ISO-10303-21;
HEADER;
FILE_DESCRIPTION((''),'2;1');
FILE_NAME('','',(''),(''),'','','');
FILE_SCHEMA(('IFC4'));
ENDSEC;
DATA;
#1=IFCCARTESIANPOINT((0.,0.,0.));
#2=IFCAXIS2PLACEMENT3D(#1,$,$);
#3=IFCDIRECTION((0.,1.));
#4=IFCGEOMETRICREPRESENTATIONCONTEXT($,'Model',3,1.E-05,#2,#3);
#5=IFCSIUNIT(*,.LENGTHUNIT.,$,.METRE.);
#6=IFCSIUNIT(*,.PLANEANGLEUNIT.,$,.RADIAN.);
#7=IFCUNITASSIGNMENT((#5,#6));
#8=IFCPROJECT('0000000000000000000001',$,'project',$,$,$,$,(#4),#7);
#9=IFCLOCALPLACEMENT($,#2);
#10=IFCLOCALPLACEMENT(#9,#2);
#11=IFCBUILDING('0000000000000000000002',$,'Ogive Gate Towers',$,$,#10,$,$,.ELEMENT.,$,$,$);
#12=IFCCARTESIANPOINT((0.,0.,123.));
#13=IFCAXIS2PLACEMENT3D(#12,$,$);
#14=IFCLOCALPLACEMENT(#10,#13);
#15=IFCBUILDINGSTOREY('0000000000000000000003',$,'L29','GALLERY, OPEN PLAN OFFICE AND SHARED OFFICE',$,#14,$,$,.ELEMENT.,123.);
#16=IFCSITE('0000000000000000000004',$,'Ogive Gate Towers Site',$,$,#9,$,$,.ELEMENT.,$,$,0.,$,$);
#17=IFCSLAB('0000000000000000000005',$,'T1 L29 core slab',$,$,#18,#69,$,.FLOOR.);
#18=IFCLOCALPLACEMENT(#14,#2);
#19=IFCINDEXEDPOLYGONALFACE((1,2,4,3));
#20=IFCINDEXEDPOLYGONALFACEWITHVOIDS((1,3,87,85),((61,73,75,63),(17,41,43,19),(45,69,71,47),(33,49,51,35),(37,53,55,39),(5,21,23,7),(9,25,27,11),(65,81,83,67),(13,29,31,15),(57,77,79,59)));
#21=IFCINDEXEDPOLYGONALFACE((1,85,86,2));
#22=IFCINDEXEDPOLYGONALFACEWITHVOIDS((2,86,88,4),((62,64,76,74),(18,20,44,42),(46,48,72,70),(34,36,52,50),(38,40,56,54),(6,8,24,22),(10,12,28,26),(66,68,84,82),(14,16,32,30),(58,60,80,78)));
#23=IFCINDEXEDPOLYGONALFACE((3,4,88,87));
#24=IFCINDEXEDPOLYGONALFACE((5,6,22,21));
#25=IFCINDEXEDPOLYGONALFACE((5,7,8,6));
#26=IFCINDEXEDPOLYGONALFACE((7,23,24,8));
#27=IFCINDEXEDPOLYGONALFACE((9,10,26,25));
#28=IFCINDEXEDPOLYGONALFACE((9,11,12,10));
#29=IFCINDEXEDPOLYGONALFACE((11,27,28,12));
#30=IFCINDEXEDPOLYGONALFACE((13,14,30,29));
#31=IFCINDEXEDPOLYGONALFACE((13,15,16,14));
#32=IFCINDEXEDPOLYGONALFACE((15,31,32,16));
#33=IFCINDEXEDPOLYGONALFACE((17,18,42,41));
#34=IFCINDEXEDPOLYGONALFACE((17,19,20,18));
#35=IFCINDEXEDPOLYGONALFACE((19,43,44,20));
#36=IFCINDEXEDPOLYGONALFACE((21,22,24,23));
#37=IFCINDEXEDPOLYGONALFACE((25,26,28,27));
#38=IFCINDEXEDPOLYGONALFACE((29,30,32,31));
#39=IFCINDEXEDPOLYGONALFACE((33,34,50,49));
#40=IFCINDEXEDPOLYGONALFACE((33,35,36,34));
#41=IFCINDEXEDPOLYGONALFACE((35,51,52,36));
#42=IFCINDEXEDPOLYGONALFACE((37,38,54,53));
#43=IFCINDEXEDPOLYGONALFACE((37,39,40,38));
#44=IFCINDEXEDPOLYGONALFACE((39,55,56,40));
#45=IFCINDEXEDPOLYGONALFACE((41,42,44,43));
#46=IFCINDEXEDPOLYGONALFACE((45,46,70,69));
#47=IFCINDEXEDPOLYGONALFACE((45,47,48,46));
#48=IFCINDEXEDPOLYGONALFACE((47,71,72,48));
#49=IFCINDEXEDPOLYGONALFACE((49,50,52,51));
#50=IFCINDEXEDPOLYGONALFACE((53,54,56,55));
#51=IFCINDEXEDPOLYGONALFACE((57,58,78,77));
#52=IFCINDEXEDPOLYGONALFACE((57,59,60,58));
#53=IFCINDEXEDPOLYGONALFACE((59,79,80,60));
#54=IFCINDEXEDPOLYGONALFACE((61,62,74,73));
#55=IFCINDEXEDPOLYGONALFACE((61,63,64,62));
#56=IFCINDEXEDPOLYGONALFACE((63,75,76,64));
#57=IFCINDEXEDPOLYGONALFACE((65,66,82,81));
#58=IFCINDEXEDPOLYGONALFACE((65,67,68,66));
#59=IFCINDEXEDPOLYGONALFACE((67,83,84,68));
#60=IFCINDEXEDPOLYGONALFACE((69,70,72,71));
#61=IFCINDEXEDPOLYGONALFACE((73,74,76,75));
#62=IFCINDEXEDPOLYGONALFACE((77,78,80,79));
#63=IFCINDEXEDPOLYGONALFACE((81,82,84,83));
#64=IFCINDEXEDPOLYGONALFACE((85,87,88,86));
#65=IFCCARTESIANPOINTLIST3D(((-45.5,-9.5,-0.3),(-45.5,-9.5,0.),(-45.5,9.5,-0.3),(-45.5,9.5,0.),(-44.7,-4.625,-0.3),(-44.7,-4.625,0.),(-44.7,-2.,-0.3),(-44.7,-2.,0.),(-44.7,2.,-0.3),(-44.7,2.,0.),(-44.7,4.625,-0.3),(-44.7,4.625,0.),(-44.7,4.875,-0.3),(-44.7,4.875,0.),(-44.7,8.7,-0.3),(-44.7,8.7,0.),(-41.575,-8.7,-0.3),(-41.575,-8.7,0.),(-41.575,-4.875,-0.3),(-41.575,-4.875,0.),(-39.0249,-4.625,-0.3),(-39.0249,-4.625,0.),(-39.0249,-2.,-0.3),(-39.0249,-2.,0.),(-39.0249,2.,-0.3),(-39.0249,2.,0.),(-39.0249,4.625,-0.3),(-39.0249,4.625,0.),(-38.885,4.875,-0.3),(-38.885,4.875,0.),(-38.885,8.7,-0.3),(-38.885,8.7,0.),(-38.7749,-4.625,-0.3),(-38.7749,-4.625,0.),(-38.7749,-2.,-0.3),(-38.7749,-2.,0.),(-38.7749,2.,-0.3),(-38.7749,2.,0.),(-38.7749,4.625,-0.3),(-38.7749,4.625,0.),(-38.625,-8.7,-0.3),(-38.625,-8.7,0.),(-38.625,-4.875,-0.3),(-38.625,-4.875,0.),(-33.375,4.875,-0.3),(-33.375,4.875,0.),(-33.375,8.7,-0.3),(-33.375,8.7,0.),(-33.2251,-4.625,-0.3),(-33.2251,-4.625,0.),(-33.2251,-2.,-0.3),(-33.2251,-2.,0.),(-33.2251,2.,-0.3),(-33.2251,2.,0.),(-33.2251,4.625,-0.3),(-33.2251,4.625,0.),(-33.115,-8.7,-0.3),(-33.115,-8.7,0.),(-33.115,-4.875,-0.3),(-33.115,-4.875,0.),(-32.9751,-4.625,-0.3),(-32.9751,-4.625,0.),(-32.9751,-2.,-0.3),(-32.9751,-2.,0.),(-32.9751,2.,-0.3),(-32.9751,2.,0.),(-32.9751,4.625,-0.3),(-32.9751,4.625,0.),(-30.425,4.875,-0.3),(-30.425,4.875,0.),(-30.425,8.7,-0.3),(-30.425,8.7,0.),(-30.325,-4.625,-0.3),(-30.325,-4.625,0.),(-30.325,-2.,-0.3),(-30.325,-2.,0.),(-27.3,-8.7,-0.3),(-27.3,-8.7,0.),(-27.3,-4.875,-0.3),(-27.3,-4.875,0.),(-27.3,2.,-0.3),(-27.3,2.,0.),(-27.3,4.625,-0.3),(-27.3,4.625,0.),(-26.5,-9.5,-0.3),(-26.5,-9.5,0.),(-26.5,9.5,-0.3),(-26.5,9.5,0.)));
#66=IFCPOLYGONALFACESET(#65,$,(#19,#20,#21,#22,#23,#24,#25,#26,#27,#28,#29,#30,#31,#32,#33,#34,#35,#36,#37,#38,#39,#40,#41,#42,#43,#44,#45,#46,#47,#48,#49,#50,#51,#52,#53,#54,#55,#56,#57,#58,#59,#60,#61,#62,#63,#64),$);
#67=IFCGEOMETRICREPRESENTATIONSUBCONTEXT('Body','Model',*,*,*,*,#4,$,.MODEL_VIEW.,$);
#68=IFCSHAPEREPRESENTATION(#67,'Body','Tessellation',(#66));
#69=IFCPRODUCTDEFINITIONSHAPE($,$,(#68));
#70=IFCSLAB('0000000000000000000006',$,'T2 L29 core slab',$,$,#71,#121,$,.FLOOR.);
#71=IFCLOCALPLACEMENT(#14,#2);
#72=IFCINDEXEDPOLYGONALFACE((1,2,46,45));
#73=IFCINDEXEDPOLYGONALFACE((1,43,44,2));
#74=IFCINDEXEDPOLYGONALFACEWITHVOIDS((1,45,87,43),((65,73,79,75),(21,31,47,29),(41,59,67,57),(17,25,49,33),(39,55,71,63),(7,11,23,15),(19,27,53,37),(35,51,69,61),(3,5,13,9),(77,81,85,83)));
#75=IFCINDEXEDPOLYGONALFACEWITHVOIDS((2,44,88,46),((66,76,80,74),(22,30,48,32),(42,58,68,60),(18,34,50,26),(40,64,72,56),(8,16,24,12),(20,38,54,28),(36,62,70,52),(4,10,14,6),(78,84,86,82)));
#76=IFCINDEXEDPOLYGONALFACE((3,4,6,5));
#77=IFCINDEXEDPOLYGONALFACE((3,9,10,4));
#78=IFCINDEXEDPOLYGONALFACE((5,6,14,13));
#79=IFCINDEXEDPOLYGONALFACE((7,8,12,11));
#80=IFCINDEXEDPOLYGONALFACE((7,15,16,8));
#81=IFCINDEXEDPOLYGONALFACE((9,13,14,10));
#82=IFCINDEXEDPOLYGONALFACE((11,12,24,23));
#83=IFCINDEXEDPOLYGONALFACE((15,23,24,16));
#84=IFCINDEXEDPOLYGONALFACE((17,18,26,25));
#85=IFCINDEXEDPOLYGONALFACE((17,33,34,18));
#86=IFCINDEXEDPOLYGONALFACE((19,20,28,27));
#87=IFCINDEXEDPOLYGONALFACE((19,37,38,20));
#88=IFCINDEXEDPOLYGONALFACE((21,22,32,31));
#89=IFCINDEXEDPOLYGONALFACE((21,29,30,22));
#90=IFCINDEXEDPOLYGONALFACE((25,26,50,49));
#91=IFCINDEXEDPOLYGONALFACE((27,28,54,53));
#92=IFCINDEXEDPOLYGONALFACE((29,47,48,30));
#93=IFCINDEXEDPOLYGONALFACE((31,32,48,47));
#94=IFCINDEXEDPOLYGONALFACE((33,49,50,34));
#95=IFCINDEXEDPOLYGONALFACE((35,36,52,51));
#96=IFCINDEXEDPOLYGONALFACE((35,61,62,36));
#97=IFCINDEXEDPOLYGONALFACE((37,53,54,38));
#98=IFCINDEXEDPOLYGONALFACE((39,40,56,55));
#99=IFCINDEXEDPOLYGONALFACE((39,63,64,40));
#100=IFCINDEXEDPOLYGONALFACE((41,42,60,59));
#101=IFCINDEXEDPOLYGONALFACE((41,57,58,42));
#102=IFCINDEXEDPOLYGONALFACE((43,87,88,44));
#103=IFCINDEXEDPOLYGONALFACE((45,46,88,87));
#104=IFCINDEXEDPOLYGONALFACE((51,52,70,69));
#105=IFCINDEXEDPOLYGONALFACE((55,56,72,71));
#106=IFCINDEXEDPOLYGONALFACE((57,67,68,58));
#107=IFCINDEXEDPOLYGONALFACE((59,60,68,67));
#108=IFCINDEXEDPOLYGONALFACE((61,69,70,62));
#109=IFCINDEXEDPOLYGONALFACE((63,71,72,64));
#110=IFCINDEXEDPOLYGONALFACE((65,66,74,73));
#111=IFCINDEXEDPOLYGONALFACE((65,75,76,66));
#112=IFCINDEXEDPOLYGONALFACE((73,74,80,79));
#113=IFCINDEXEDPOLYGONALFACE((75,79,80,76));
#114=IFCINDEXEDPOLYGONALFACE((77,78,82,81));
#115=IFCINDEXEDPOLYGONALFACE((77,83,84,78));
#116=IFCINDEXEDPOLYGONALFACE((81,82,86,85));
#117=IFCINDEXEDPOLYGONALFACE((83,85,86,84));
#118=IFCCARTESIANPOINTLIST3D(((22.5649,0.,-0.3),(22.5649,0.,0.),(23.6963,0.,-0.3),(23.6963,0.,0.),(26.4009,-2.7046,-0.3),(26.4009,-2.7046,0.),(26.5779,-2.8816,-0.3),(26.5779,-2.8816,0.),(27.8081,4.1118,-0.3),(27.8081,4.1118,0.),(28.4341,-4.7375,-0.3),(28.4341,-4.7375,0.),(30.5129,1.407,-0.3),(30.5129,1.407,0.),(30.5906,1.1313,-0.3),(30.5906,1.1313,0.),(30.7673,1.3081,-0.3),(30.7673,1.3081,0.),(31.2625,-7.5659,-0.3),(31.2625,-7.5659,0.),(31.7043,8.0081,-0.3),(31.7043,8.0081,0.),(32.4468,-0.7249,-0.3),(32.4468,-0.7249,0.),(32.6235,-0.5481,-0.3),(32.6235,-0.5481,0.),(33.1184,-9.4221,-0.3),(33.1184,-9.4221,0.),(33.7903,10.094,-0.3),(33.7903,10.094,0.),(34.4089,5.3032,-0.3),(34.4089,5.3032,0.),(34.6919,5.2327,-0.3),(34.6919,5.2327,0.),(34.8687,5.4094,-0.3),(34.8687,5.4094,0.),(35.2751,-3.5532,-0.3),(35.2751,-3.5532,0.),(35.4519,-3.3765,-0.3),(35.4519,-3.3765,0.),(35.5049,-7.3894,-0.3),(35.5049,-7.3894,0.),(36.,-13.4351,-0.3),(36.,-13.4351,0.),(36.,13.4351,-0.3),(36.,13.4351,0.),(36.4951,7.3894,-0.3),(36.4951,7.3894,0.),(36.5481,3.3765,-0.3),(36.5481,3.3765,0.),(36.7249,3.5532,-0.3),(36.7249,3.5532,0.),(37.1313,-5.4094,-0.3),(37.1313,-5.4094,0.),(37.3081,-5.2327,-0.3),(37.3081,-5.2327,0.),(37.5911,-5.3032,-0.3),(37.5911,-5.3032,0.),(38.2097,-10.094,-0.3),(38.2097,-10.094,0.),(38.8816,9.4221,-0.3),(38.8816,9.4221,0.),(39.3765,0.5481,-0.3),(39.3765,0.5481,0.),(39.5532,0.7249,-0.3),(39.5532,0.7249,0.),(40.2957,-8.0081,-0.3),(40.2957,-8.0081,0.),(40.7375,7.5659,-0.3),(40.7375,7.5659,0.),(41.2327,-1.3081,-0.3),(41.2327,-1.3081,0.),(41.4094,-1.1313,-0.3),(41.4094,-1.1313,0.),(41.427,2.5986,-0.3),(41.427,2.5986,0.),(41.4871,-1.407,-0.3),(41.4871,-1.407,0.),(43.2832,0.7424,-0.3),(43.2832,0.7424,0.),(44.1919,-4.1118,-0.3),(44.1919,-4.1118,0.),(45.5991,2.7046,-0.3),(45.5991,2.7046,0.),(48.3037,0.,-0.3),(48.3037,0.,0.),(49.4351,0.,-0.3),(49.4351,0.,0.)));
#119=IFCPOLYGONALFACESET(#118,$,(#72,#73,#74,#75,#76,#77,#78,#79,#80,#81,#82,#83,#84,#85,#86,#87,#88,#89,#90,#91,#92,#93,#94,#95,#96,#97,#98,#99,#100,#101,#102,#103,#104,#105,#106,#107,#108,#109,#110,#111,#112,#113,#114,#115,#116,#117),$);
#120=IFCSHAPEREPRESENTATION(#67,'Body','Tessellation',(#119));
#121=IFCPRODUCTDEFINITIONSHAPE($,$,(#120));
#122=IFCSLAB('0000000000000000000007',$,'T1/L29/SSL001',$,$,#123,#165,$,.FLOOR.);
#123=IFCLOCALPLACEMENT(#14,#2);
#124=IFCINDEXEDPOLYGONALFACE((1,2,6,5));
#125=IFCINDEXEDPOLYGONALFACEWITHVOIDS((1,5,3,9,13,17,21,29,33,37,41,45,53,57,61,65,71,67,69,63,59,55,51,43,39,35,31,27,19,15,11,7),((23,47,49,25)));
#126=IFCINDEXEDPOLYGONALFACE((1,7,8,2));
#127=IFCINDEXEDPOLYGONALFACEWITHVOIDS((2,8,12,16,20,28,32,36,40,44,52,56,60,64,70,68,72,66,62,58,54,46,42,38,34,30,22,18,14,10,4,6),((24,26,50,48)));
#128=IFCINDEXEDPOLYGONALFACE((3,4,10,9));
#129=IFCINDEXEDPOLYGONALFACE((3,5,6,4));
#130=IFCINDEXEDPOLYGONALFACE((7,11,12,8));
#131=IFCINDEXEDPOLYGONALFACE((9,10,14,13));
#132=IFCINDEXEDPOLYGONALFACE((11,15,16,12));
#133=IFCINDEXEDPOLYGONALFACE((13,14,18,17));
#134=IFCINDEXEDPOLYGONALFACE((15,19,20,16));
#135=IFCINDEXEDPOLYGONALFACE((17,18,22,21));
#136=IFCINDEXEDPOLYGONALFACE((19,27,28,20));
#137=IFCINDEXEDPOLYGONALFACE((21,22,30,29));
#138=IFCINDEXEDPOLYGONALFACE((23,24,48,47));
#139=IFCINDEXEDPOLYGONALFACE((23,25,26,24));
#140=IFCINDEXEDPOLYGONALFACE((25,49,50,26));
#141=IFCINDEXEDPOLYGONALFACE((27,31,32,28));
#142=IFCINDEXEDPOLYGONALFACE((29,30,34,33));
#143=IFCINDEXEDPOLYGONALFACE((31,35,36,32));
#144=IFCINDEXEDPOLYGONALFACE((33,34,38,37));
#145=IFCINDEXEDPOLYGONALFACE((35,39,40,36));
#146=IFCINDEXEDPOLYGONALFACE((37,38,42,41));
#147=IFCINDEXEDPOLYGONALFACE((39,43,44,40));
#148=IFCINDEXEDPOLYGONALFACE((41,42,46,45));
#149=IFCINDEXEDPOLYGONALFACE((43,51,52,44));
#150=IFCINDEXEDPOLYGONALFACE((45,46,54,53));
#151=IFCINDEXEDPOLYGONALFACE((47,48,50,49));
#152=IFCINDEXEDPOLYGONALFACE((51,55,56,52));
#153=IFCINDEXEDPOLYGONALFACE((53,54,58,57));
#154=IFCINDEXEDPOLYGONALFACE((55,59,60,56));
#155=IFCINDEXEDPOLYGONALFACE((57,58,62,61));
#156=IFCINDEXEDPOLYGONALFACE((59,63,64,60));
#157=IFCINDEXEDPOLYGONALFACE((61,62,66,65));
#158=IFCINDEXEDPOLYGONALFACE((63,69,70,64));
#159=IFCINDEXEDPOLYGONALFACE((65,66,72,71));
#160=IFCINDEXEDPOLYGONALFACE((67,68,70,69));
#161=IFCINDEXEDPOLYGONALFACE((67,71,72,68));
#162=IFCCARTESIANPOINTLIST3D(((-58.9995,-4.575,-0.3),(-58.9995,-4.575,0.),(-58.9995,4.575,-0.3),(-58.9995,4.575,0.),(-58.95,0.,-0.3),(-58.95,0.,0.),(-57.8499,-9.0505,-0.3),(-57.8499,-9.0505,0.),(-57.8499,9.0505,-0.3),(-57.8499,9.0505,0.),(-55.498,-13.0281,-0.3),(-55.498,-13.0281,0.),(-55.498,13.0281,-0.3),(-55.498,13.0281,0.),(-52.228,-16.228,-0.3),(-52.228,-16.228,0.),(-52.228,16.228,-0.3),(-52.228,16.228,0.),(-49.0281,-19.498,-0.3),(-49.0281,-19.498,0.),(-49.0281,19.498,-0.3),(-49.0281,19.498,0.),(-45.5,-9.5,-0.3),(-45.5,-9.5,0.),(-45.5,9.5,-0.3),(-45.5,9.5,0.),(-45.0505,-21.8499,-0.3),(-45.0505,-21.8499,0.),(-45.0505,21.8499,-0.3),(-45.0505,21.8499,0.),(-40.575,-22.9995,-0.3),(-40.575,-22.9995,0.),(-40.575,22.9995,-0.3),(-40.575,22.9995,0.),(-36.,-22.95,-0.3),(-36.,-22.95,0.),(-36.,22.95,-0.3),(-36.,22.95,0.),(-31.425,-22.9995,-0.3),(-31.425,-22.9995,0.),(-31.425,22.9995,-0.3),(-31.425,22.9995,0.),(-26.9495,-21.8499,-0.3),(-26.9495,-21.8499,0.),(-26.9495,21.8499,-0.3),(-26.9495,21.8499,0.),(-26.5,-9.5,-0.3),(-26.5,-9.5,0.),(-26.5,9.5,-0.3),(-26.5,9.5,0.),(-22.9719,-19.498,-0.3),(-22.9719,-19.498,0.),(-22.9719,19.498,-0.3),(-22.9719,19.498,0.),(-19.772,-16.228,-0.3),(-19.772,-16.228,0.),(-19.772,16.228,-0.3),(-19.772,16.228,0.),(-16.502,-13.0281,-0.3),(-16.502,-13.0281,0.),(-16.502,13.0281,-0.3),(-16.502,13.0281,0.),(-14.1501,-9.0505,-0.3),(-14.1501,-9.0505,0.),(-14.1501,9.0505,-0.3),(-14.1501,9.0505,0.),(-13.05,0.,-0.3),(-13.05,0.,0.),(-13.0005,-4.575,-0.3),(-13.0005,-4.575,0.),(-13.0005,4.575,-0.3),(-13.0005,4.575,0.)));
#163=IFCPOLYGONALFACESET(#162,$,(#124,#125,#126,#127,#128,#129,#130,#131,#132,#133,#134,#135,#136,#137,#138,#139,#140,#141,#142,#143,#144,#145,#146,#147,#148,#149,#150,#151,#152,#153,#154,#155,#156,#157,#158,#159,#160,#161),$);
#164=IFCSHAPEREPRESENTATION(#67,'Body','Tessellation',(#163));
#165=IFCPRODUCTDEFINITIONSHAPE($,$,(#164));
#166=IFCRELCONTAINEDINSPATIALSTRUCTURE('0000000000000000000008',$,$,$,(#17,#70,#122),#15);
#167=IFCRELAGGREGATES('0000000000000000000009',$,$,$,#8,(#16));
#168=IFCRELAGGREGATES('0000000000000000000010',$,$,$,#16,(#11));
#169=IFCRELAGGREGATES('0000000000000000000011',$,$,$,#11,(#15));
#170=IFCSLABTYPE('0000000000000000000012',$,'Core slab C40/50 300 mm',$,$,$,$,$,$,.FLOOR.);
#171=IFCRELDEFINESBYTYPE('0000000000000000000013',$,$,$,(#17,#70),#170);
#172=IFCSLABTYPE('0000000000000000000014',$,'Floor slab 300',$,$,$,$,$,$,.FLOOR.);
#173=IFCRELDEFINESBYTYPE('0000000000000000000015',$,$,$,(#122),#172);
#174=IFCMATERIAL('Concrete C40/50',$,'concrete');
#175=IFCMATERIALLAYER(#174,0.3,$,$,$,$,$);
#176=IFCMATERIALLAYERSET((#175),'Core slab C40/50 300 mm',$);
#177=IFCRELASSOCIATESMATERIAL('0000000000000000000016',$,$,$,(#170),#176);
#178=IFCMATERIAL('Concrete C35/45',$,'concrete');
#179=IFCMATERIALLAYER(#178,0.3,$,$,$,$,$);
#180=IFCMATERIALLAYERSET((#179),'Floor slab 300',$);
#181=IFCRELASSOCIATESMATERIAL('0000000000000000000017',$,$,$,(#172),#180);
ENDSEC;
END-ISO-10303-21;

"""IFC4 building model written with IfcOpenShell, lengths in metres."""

from ifc_helpers import new_model, si_unit, direction, frame, origin, place, context, subcontext, project, spatial, polyline, outline, extrude, material, layer, layer_set, type_object, element, save


model = new_model("IFC4")

# Units and contexts
model_context = context("Model", 3, precision=1e-05, world=origin(), true_north=direction((0.0, 1.0)))
body_context = subcontext(model_context, "Body", "Model", "MODEL_VIEW")
ifc_project = project(units=[si_unit("LENGTHUNIT", "METRE"), si_unit("PLANEANGLEUNIT", "RADIAN")], contexts=[model_context])

# Site, building, storey
site_placement = place(None, origin())
site = spatial("IfcSite", under=ifc_project, at=site_placement, Name="Ogive Gate Towers Site", CompositionType="ELEMENT", RefElevation=0.0)
building_placement = place(site_placement, origin())
building = spatial("IfcBuilding", under=site, at=building_placement, Name="Ogive Gate Towers", CompositionType="ELEMENT")
storey_placement = place(building_placement, frame((0.0, 0.0, 123.0)))
storey = spatial("IfcBuildingStorey", under=building, at=storey_placement, Name="L29", Description="GALLERY, OPEN PLAN OFFICE AND SHARED OFFICE", CompositionType="ELEMENT", Elevation=123.0)

# Slabs
ifc_material_1 = material(Name="Concrete C40/50", Category="concrete")
ifc_layer_1 = layer(ifc_material_1, 0.3)
ifc_layer_set_1 = layer_set([ifc_layer_1], Name="Core slab C40/50 300 mm")
slab_type_1 = type_object("IfcSlabType", Name="Core slab C40/50 300 mm", PredefinedType="FLOOR", material=ifc_layer_set_1)
slab_1_placement = place(storey_placement, frame((0.0, 0.0, -0.3)))
element("IfcSlab", 1, at=slab_1_placement, inside=storey, type_object=slab_type_1, Name="T1 L29 core slab", PredefinedType="FLOOR", context=body_context, shape_type="SweptSolid", body=[
    extrude(outline(polyline([(-26.5, 9.5), (-26.5, -9.5), (-45.5, -9.5), (-45.5, 9.5), (-26.5, 9.5)]), holes=[polyline([(-39.0249, 4.625), (-44.7, 4.625), (-44.7, 2.0), (-39.0249, 2.0), (-39.0249, 4.625)]), polyline([(-33.2251, 2.0), (-33.2251, 4.625), (-38.7749, 4.625), (-38.7749, 2.0), (-33.2251, 2.0)]), polyline([(-32.9751, 2.0), (-27.3, 2.0), (-27.3, 4.625), (-32.9751, 4.625), (-32.9751, 2.0)]), polyline([(-44.7, -2.0), (-44.7, -4.625), (-39.0249, -4.625), (-39.0249, -2.0), (-44.7, -2.0)]), polyline([(-33.2251, -2.0), (-38.7749, -2.0), (-38.7749, -4.625), (-33.2251, -4.625), (-33.2251, -2.0)]), polyline([(-30.325, -4.625), (-30.325, -2.0), (-32.9751, -2.0), (-32.9751, -4.625), (-30.325, -4.625)]), polyline([(-33.375, 4.875), (-30.425, 4.875), (-30.425, 8.7), (-33.375, 8.7), (-33.375, 4.875)]), polyline([(-41.575, -4.875), (-41.575, -8.7), (-38.625, -8.7), (-38.625, -4.875), (-41.575, -4.875)]), polyline([(-44.7, 4.875), (-38.885, 4.875), (-38.885, 8.7), (-44.7, 8.7), (-44.7, 4.875)]), polyline([(-27.3, -8.7), (-27.3, -4.875), (-33.115, -4.875), (-33.115, -8.7), (-27.3, -8.7)])]), origin(), (0.0, 0.0, 1.0), 0.3),
])
slab_2_placement = place(storey_placement, frame((0.0, 0.0, -0.3)))
element("IfcSlab", 2, at=slab_2_placement, inside=storey, type_object=slab_type_1, Name="T2 L29 core slab", PredefinedType="FLOOR", context=body_context, shape_type="SweptSolid", body=[
    extrude(outline(polyline([(36.0, 13.4351), (49.4351, 0.0), (36.0, -13.4351), (22.5649, 0.0), (36.0, 13.4351)]), holes=[polyline([(30.5906, 1.1313), (26.5779, -2.8816), (28.4341, -4.7375), (32.4468, -0.7249), (30.5906, 1.1313)]), polyline([(36.5481, 3.3765), (34.6919, 5.2327), (30.7673, 1.3081), (32.6235, -0.5481), (36.5481, 3.3765)]), polyline([(36.7249, 3.5532), (40.7375, 7.5659), (38.8816, 9.4221), (34.8687, 5.4094), (36.7249, 3.5532)]), polyline([(31.2625, -7.5659), (33.1184, -9.4221), (37.1313, -5.4094), (35.2751, -3.5532), (31.2625, -7.5659)]), polyline([(39.3765, 0.5481), (35.4519, -3.3765), (37.3081, -5.2327), (41.2327, -1.3081), (39.3765, 0.5481)]), polyline([(43.2832, 0.7424), (41.427, 2.5986), (39.5532, 0.7249), (41.4094, -1.1313), (43.2832, 0.7424)]), polyline([(34.4089, 5.3032), (36.4951, 7.3894), (33.7903, 10.094), (31.7043, 8.0081), (34.4089, 5.3032)]), polyline([(35.5049, -7.3894), (38.2097, -10.094), (40.2957, -8.0081), (37.5911, -5.3032), (35.5049, -7.3894)]), polyline([(26.4009, -2.7046), (30.5129, 1.407), (27.8081, 4.1118), (23.6963, 0.0), (26.4009, -2.7046)]), polyline([(48.3037, 0.0), (45.5991, 2.7046), (41.4871, -1.407), (44.1919, -4.1118), (48.3037, 0.0)])]), origin(), (0.0, 0.0, 1.0), 0.3),
])
ifc_material_2 = material(Name="Concrete C35/45", Category="concrete")
ifc_layer_2 = layer(ifc_material_2, 0.3)
ifc_layer_set_2 = layer_set([ifc_layer_2], Name="Floor slab 300")
slab_type_2 = type_object("IfcSlabType", Name="Floor slab 300", PredefinedType="FLOOR", material=ifc_layer_set_2)
slab_3_placement = place(storey_placement, frame((0.0, 0.0, -0.3)))
element("IfcSlab", 3, at=slab_3_placement, inside=storey, type_object=slab_type_2, Name="T1/L29/SSL001", PredefinedType="FLOOR", context=body_context, shape_type="SweptSolid", body=[
    extrude(outline(polyline([(-13.0005, -4.575), (-13.05, 0.0), (-13.0005, 4.575), (-14.1501, 9.0505), (-16.502, 13.0281), (-19.772, 16.228), (-22.9719, 19.498), (-26.9495, 21.8499), (-31.425, 22.9995), (-36.0, 22.95), (-40.575, 22.9995), (-45.0505, 21.8499), (-49.0281, 19.498), (-52.228, 16.228), (-55.498, 13.0281), (-57.8499, 9.0505), (-58.9995, 4.575), (-58.95, 0.0), (-58.9995, -4.575), (-57.8499, -9.0505), (-55.498, -13.0281), (-52.228, -16.228), (-49.0281, -19.498), (-45.0505, -21.8499), (-40.575, -22.9995), (-36.0, -22.95), (-31.425, -22.9995), (-26.9495, -21.8499), (-22.9719, -19.498), (-19.772, -16.228), (-16.502, -13.0281), (-14.1501, -9.0505), (-13.0005, -4.575)]), holes=[polyline([(-26.5, -9.5), (-45.5, -9.5), (-45.5, 9.5), (-26.5, 9.5), (-26.5, -9.5)])]), origin(), (0.0, 0.0, 1.0), 0.3),
])

save(model, "model.ifc")
